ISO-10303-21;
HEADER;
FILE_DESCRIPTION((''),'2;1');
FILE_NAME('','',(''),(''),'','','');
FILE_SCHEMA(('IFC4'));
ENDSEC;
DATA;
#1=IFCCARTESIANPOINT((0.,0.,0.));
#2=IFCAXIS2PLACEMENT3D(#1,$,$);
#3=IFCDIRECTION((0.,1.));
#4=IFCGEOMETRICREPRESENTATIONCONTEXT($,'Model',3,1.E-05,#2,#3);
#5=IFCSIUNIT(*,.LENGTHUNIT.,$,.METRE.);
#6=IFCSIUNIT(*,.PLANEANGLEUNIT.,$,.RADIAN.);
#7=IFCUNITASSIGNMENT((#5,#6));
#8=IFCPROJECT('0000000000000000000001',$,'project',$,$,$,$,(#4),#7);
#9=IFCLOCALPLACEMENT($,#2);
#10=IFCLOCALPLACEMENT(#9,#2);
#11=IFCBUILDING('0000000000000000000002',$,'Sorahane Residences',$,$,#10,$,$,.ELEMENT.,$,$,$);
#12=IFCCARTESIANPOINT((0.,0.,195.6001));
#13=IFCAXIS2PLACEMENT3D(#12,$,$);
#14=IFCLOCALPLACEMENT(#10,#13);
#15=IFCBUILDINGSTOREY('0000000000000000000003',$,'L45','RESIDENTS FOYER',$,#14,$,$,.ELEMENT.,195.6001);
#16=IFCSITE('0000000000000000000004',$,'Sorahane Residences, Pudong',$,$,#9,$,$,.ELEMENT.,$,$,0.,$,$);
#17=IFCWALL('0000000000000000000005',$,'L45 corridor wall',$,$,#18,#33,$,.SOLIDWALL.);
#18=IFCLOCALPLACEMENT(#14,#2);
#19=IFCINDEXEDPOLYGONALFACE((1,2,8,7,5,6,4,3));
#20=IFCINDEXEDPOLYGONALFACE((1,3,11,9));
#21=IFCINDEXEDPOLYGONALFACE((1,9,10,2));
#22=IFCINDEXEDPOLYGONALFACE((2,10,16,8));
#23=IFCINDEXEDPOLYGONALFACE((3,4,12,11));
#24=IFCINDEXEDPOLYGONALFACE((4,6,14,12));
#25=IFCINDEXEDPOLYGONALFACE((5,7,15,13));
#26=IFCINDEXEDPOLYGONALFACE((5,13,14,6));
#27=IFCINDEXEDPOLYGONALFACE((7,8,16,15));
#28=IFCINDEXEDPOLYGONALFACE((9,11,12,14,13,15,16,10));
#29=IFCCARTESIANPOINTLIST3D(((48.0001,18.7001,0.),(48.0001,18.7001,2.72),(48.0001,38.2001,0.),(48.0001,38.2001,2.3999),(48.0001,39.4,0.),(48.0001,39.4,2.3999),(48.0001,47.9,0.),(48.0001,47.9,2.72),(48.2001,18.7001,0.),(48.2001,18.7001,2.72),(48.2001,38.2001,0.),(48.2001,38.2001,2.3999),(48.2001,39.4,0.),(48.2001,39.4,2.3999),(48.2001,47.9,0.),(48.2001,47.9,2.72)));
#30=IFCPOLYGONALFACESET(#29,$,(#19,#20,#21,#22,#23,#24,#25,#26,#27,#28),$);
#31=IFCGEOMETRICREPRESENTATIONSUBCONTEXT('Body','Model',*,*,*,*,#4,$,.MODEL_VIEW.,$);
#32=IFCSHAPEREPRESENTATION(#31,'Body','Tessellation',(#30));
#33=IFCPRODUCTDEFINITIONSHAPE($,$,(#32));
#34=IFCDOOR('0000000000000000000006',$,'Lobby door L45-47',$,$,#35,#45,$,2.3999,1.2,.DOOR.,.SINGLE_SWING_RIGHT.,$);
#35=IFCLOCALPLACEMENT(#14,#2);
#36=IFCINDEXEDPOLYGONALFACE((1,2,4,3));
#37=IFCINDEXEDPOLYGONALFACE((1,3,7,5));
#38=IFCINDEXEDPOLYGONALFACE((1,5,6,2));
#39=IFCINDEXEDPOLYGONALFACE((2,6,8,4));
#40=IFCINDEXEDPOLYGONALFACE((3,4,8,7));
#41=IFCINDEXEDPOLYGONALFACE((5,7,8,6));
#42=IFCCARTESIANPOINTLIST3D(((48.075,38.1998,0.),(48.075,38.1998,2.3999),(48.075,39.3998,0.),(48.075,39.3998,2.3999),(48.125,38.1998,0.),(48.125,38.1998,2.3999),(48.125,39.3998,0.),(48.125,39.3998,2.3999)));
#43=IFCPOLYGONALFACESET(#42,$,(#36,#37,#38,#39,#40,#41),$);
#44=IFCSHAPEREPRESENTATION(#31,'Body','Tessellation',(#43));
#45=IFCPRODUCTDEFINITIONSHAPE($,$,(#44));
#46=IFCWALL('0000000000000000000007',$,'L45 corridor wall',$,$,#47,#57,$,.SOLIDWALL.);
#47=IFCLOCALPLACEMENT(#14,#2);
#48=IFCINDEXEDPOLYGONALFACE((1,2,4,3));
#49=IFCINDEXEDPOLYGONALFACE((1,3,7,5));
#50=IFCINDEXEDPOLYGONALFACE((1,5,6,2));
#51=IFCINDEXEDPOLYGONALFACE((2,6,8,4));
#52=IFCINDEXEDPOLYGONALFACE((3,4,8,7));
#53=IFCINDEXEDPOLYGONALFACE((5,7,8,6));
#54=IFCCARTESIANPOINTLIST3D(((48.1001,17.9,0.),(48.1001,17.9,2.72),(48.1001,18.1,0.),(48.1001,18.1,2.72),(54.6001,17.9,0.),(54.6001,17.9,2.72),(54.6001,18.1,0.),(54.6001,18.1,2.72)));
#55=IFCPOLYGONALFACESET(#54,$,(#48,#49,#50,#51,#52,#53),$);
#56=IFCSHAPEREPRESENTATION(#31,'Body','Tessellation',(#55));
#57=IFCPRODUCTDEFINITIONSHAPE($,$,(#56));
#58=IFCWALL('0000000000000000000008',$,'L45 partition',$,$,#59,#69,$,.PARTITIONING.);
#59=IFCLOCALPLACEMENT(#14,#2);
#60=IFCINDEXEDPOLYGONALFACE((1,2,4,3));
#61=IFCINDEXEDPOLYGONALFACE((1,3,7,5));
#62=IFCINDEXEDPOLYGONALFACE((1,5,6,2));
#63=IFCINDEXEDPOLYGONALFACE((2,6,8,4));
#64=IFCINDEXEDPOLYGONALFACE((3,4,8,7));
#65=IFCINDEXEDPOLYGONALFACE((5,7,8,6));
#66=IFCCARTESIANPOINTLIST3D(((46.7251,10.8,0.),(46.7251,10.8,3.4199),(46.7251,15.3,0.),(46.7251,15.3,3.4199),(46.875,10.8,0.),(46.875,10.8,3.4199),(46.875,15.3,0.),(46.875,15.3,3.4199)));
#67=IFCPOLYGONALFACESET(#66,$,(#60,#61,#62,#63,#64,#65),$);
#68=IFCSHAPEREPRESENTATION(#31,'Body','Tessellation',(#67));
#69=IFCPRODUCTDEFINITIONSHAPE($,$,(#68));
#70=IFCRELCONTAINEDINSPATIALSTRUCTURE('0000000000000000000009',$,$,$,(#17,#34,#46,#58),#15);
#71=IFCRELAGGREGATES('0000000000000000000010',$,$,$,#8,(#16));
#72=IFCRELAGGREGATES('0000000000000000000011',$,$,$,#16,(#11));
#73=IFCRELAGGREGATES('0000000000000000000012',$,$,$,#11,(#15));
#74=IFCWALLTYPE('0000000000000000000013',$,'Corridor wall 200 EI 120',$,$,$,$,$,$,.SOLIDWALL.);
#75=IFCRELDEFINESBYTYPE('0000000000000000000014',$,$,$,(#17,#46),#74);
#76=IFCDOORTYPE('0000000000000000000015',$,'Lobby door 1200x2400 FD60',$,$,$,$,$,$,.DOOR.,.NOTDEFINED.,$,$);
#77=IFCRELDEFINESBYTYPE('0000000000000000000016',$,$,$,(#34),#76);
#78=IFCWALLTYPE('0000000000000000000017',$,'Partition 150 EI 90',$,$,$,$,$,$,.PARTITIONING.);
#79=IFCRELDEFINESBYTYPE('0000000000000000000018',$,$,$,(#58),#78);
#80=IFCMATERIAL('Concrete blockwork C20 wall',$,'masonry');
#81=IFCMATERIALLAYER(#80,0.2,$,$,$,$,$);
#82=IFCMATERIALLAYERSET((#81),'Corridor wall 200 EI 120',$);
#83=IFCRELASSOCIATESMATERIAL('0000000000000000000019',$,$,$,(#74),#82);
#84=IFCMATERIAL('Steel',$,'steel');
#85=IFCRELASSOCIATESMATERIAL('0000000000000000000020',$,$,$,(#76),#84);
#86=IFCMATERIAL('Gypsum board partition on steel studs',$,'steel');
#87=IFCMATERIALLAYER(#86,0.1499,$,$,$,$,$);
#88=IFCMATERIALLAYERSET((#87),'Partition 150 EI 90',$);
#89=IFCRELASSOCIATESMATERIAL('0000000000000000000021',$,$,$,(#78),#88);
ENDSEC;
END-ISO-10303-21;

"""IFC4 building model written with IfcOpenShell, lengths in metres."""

from ifc_helpers import new_model, si_unit, direction, frame, frame_2d, origin, place, context, subcontext, project, spatial, rectangle, extrude, material, layer, layer_set, type_object, element, fill, save


model = new_model("IFC4")

# Units and contexts
model_context = context("Model", 3, precision=1e-05, world=origin(), true_north=direction((0.0, 1.0)))
body_context = subcontext(model_context, "Body", "Model", "MODEL_VIEW")
ifc_project = project(units=[si_unit("LENGTHUNIT", "METRE"), si_unit("PLANEANGLEUNIT", "RADIAN")], contexts=[model_context])

# Site, building, storey
site_placement = place(None, origin())
site = spatial("IfcSite", under=ifc_project, at=site_placement, Name="Sorahane Residences, Pudong", CompositionType="ELEMENT", RefElevation=0.0)
building_placement = place(site_placement, origin())
building = spatial("IfcBuilding", under=site, at=building_placement, Name="Sorahane Residences", CompositionType="ELEMENT")
storey_placement = place(building_placement, frame((0.0, 0.0, 195.6001)))
storey = spatial("IfcBuildingStorey", under=building, at=storey_placement, Name="L45", Description="RESIDENTS FOYER", CompositionType="ELEMENT", Elevation=195.6001)

# Wall, opening, door
ifc_material_1 = material(Name="Concrete blockwork C20 wall", Category="masonry")
ifc_layer_1 = layer(ifc_material_1, 0.2)
ifc_layer_set_1 = layer_set([ifc_layer_1], Name="Corridor wall 200 EI 120")
wall_type_1 = type_object("IfcWallType", Name="Corridor wall 200 EI 120", PredefinedType="SOLIDWALL", material=ifc_layer_set_1)
wall_1_placement = place(storey_placement, frame((48.1001, 18.7, 0.0), z_axis=(0.0, 0.0, 1.0), x_axis=(0.0, 1.0, 0.0)))
wall_1 = element("IfcWall", 1, at=wall_1_placement, inside=storey, type_object=wall_type_1, Name="L45 corridor wall", PredefinedType="SOLIDWALL", context=body_context, shape_type="SweptSolid", body=[
    extrude(rectangle(XDim=29.2, YDim=0.2, at=frame_2d((14.6001, 0.0))), origin(), (0.0, 0.0, 1.0), 2.72),
])
opening_placement = place(wall_1_placement, frame((19.5, 0.0, 0.0)))
opening = element("IfcOpeningElement", 2, at=opening_placement, cuts=wall_1, PredefinedType="OPENING", context=body_context, shape_type="SweptSolid", body=[
    extrude(rectangle(XDim=1.2, YDim=2.3999, at=frame_2d((0.6001, 1.2))), frame((0.0, 0.1099, 0.0), z_axis=(0.0, -1.0, 0.0), x_axis=(1.0, 0.0, 0.0)), (0.0, 0.0, 1.0), 0.22),
])
ifc_material_2 = material(Name="Steel", Category="steel")
door_type = type_object("IfcDoorType", Name="Lobby door 1200x2400 FD60", OperationType="NOTDEFINED", PredefinedType="DOOR", material=ifc_material_2)
door_placement = place(opening_placement, frame((1.2, 0.0, 0.0), z_axis=(0.0, 0.0, 1.0), x_axis=(-1.0, 0.0, 0.0)))
door = element("IfcDoor", 3, at=door_placement, inside=storey, type_object=door_type, Name="Lobby door L45-47", OperationType="SINGLE_SWING_RIGHT", OverallHeight=2.3999, OverallWidth=1.2, PredefinedType="DOOR", context=body_context, shape_type="SweptSolid", body=[
    extrude(rectangle(XDim=1.2, YDim=2.3999, at=frame_2d((0.6001, 1.2))), frame((0.0, 0.0249, 0.0), z_axis=(0.0, -1.0, 0.0), x_axis=(1.0, 0.0, 0.0)), (0.0, 0.0, 1.0), 0.05),
])
fill(opening, door)

# Walls
wall_2_placement = place(storey_placement, frame((48.1001, 18.0, 0.0), z_axis=(0.0, 0.0, 1.0), x_axis=(1.0, 0.0, 0.0)))
element("IfcWall", 4, at=wall_2_placement, inside=storey, type_object=wall_type_1, Name="L45 corridor wall", PredefinedType="SOLIDWALL", context=body_context, shape_type="SweptSolid", body=[
    extrude(rectangle(XDim=6.5, YDim=0.2, at=frame_2d((3.25, 0.0))), origin(), (0.0, 0.0, 1.0), 2.72),
])
ifc_material_3 = material(Name="Gypsum board partition on steel studs", Category="steel")
ifc_layer_2 = layer(ifc_material_3, 0.1499)
ifc_layer_set_2 = layer_set([ifc_layer_2], Name="Partition 150 EI 90")
wall_type_2 = type_object("IfcWallType", Name="Partition 150 EI 90", PredefinedType="PARTITIONING", material=ifc_layer_set_2)
wall_3_placement = place(storey_placement, frame((46.8, 10.8, 0.0), z_axis=(0.0, 0.0, 1.0), x_axis=(0.0, 1.0, 0.0)))
element("IfcWall", 5, at=wall_3_placement, inside=storey, type_object=wall_type_2, Name="L45 partition", PredefinedType="PARTITIONING", context=body_context, shape_type="SweptSolid", body=[
    extrude(rectangle(XDim=4.5, YDim=0.1499, at=frame_2d((2.25, 0.0))), origin(), (0.0, 0.0, 1.0), 3.4199),
])

save(model, "model.ifc")
